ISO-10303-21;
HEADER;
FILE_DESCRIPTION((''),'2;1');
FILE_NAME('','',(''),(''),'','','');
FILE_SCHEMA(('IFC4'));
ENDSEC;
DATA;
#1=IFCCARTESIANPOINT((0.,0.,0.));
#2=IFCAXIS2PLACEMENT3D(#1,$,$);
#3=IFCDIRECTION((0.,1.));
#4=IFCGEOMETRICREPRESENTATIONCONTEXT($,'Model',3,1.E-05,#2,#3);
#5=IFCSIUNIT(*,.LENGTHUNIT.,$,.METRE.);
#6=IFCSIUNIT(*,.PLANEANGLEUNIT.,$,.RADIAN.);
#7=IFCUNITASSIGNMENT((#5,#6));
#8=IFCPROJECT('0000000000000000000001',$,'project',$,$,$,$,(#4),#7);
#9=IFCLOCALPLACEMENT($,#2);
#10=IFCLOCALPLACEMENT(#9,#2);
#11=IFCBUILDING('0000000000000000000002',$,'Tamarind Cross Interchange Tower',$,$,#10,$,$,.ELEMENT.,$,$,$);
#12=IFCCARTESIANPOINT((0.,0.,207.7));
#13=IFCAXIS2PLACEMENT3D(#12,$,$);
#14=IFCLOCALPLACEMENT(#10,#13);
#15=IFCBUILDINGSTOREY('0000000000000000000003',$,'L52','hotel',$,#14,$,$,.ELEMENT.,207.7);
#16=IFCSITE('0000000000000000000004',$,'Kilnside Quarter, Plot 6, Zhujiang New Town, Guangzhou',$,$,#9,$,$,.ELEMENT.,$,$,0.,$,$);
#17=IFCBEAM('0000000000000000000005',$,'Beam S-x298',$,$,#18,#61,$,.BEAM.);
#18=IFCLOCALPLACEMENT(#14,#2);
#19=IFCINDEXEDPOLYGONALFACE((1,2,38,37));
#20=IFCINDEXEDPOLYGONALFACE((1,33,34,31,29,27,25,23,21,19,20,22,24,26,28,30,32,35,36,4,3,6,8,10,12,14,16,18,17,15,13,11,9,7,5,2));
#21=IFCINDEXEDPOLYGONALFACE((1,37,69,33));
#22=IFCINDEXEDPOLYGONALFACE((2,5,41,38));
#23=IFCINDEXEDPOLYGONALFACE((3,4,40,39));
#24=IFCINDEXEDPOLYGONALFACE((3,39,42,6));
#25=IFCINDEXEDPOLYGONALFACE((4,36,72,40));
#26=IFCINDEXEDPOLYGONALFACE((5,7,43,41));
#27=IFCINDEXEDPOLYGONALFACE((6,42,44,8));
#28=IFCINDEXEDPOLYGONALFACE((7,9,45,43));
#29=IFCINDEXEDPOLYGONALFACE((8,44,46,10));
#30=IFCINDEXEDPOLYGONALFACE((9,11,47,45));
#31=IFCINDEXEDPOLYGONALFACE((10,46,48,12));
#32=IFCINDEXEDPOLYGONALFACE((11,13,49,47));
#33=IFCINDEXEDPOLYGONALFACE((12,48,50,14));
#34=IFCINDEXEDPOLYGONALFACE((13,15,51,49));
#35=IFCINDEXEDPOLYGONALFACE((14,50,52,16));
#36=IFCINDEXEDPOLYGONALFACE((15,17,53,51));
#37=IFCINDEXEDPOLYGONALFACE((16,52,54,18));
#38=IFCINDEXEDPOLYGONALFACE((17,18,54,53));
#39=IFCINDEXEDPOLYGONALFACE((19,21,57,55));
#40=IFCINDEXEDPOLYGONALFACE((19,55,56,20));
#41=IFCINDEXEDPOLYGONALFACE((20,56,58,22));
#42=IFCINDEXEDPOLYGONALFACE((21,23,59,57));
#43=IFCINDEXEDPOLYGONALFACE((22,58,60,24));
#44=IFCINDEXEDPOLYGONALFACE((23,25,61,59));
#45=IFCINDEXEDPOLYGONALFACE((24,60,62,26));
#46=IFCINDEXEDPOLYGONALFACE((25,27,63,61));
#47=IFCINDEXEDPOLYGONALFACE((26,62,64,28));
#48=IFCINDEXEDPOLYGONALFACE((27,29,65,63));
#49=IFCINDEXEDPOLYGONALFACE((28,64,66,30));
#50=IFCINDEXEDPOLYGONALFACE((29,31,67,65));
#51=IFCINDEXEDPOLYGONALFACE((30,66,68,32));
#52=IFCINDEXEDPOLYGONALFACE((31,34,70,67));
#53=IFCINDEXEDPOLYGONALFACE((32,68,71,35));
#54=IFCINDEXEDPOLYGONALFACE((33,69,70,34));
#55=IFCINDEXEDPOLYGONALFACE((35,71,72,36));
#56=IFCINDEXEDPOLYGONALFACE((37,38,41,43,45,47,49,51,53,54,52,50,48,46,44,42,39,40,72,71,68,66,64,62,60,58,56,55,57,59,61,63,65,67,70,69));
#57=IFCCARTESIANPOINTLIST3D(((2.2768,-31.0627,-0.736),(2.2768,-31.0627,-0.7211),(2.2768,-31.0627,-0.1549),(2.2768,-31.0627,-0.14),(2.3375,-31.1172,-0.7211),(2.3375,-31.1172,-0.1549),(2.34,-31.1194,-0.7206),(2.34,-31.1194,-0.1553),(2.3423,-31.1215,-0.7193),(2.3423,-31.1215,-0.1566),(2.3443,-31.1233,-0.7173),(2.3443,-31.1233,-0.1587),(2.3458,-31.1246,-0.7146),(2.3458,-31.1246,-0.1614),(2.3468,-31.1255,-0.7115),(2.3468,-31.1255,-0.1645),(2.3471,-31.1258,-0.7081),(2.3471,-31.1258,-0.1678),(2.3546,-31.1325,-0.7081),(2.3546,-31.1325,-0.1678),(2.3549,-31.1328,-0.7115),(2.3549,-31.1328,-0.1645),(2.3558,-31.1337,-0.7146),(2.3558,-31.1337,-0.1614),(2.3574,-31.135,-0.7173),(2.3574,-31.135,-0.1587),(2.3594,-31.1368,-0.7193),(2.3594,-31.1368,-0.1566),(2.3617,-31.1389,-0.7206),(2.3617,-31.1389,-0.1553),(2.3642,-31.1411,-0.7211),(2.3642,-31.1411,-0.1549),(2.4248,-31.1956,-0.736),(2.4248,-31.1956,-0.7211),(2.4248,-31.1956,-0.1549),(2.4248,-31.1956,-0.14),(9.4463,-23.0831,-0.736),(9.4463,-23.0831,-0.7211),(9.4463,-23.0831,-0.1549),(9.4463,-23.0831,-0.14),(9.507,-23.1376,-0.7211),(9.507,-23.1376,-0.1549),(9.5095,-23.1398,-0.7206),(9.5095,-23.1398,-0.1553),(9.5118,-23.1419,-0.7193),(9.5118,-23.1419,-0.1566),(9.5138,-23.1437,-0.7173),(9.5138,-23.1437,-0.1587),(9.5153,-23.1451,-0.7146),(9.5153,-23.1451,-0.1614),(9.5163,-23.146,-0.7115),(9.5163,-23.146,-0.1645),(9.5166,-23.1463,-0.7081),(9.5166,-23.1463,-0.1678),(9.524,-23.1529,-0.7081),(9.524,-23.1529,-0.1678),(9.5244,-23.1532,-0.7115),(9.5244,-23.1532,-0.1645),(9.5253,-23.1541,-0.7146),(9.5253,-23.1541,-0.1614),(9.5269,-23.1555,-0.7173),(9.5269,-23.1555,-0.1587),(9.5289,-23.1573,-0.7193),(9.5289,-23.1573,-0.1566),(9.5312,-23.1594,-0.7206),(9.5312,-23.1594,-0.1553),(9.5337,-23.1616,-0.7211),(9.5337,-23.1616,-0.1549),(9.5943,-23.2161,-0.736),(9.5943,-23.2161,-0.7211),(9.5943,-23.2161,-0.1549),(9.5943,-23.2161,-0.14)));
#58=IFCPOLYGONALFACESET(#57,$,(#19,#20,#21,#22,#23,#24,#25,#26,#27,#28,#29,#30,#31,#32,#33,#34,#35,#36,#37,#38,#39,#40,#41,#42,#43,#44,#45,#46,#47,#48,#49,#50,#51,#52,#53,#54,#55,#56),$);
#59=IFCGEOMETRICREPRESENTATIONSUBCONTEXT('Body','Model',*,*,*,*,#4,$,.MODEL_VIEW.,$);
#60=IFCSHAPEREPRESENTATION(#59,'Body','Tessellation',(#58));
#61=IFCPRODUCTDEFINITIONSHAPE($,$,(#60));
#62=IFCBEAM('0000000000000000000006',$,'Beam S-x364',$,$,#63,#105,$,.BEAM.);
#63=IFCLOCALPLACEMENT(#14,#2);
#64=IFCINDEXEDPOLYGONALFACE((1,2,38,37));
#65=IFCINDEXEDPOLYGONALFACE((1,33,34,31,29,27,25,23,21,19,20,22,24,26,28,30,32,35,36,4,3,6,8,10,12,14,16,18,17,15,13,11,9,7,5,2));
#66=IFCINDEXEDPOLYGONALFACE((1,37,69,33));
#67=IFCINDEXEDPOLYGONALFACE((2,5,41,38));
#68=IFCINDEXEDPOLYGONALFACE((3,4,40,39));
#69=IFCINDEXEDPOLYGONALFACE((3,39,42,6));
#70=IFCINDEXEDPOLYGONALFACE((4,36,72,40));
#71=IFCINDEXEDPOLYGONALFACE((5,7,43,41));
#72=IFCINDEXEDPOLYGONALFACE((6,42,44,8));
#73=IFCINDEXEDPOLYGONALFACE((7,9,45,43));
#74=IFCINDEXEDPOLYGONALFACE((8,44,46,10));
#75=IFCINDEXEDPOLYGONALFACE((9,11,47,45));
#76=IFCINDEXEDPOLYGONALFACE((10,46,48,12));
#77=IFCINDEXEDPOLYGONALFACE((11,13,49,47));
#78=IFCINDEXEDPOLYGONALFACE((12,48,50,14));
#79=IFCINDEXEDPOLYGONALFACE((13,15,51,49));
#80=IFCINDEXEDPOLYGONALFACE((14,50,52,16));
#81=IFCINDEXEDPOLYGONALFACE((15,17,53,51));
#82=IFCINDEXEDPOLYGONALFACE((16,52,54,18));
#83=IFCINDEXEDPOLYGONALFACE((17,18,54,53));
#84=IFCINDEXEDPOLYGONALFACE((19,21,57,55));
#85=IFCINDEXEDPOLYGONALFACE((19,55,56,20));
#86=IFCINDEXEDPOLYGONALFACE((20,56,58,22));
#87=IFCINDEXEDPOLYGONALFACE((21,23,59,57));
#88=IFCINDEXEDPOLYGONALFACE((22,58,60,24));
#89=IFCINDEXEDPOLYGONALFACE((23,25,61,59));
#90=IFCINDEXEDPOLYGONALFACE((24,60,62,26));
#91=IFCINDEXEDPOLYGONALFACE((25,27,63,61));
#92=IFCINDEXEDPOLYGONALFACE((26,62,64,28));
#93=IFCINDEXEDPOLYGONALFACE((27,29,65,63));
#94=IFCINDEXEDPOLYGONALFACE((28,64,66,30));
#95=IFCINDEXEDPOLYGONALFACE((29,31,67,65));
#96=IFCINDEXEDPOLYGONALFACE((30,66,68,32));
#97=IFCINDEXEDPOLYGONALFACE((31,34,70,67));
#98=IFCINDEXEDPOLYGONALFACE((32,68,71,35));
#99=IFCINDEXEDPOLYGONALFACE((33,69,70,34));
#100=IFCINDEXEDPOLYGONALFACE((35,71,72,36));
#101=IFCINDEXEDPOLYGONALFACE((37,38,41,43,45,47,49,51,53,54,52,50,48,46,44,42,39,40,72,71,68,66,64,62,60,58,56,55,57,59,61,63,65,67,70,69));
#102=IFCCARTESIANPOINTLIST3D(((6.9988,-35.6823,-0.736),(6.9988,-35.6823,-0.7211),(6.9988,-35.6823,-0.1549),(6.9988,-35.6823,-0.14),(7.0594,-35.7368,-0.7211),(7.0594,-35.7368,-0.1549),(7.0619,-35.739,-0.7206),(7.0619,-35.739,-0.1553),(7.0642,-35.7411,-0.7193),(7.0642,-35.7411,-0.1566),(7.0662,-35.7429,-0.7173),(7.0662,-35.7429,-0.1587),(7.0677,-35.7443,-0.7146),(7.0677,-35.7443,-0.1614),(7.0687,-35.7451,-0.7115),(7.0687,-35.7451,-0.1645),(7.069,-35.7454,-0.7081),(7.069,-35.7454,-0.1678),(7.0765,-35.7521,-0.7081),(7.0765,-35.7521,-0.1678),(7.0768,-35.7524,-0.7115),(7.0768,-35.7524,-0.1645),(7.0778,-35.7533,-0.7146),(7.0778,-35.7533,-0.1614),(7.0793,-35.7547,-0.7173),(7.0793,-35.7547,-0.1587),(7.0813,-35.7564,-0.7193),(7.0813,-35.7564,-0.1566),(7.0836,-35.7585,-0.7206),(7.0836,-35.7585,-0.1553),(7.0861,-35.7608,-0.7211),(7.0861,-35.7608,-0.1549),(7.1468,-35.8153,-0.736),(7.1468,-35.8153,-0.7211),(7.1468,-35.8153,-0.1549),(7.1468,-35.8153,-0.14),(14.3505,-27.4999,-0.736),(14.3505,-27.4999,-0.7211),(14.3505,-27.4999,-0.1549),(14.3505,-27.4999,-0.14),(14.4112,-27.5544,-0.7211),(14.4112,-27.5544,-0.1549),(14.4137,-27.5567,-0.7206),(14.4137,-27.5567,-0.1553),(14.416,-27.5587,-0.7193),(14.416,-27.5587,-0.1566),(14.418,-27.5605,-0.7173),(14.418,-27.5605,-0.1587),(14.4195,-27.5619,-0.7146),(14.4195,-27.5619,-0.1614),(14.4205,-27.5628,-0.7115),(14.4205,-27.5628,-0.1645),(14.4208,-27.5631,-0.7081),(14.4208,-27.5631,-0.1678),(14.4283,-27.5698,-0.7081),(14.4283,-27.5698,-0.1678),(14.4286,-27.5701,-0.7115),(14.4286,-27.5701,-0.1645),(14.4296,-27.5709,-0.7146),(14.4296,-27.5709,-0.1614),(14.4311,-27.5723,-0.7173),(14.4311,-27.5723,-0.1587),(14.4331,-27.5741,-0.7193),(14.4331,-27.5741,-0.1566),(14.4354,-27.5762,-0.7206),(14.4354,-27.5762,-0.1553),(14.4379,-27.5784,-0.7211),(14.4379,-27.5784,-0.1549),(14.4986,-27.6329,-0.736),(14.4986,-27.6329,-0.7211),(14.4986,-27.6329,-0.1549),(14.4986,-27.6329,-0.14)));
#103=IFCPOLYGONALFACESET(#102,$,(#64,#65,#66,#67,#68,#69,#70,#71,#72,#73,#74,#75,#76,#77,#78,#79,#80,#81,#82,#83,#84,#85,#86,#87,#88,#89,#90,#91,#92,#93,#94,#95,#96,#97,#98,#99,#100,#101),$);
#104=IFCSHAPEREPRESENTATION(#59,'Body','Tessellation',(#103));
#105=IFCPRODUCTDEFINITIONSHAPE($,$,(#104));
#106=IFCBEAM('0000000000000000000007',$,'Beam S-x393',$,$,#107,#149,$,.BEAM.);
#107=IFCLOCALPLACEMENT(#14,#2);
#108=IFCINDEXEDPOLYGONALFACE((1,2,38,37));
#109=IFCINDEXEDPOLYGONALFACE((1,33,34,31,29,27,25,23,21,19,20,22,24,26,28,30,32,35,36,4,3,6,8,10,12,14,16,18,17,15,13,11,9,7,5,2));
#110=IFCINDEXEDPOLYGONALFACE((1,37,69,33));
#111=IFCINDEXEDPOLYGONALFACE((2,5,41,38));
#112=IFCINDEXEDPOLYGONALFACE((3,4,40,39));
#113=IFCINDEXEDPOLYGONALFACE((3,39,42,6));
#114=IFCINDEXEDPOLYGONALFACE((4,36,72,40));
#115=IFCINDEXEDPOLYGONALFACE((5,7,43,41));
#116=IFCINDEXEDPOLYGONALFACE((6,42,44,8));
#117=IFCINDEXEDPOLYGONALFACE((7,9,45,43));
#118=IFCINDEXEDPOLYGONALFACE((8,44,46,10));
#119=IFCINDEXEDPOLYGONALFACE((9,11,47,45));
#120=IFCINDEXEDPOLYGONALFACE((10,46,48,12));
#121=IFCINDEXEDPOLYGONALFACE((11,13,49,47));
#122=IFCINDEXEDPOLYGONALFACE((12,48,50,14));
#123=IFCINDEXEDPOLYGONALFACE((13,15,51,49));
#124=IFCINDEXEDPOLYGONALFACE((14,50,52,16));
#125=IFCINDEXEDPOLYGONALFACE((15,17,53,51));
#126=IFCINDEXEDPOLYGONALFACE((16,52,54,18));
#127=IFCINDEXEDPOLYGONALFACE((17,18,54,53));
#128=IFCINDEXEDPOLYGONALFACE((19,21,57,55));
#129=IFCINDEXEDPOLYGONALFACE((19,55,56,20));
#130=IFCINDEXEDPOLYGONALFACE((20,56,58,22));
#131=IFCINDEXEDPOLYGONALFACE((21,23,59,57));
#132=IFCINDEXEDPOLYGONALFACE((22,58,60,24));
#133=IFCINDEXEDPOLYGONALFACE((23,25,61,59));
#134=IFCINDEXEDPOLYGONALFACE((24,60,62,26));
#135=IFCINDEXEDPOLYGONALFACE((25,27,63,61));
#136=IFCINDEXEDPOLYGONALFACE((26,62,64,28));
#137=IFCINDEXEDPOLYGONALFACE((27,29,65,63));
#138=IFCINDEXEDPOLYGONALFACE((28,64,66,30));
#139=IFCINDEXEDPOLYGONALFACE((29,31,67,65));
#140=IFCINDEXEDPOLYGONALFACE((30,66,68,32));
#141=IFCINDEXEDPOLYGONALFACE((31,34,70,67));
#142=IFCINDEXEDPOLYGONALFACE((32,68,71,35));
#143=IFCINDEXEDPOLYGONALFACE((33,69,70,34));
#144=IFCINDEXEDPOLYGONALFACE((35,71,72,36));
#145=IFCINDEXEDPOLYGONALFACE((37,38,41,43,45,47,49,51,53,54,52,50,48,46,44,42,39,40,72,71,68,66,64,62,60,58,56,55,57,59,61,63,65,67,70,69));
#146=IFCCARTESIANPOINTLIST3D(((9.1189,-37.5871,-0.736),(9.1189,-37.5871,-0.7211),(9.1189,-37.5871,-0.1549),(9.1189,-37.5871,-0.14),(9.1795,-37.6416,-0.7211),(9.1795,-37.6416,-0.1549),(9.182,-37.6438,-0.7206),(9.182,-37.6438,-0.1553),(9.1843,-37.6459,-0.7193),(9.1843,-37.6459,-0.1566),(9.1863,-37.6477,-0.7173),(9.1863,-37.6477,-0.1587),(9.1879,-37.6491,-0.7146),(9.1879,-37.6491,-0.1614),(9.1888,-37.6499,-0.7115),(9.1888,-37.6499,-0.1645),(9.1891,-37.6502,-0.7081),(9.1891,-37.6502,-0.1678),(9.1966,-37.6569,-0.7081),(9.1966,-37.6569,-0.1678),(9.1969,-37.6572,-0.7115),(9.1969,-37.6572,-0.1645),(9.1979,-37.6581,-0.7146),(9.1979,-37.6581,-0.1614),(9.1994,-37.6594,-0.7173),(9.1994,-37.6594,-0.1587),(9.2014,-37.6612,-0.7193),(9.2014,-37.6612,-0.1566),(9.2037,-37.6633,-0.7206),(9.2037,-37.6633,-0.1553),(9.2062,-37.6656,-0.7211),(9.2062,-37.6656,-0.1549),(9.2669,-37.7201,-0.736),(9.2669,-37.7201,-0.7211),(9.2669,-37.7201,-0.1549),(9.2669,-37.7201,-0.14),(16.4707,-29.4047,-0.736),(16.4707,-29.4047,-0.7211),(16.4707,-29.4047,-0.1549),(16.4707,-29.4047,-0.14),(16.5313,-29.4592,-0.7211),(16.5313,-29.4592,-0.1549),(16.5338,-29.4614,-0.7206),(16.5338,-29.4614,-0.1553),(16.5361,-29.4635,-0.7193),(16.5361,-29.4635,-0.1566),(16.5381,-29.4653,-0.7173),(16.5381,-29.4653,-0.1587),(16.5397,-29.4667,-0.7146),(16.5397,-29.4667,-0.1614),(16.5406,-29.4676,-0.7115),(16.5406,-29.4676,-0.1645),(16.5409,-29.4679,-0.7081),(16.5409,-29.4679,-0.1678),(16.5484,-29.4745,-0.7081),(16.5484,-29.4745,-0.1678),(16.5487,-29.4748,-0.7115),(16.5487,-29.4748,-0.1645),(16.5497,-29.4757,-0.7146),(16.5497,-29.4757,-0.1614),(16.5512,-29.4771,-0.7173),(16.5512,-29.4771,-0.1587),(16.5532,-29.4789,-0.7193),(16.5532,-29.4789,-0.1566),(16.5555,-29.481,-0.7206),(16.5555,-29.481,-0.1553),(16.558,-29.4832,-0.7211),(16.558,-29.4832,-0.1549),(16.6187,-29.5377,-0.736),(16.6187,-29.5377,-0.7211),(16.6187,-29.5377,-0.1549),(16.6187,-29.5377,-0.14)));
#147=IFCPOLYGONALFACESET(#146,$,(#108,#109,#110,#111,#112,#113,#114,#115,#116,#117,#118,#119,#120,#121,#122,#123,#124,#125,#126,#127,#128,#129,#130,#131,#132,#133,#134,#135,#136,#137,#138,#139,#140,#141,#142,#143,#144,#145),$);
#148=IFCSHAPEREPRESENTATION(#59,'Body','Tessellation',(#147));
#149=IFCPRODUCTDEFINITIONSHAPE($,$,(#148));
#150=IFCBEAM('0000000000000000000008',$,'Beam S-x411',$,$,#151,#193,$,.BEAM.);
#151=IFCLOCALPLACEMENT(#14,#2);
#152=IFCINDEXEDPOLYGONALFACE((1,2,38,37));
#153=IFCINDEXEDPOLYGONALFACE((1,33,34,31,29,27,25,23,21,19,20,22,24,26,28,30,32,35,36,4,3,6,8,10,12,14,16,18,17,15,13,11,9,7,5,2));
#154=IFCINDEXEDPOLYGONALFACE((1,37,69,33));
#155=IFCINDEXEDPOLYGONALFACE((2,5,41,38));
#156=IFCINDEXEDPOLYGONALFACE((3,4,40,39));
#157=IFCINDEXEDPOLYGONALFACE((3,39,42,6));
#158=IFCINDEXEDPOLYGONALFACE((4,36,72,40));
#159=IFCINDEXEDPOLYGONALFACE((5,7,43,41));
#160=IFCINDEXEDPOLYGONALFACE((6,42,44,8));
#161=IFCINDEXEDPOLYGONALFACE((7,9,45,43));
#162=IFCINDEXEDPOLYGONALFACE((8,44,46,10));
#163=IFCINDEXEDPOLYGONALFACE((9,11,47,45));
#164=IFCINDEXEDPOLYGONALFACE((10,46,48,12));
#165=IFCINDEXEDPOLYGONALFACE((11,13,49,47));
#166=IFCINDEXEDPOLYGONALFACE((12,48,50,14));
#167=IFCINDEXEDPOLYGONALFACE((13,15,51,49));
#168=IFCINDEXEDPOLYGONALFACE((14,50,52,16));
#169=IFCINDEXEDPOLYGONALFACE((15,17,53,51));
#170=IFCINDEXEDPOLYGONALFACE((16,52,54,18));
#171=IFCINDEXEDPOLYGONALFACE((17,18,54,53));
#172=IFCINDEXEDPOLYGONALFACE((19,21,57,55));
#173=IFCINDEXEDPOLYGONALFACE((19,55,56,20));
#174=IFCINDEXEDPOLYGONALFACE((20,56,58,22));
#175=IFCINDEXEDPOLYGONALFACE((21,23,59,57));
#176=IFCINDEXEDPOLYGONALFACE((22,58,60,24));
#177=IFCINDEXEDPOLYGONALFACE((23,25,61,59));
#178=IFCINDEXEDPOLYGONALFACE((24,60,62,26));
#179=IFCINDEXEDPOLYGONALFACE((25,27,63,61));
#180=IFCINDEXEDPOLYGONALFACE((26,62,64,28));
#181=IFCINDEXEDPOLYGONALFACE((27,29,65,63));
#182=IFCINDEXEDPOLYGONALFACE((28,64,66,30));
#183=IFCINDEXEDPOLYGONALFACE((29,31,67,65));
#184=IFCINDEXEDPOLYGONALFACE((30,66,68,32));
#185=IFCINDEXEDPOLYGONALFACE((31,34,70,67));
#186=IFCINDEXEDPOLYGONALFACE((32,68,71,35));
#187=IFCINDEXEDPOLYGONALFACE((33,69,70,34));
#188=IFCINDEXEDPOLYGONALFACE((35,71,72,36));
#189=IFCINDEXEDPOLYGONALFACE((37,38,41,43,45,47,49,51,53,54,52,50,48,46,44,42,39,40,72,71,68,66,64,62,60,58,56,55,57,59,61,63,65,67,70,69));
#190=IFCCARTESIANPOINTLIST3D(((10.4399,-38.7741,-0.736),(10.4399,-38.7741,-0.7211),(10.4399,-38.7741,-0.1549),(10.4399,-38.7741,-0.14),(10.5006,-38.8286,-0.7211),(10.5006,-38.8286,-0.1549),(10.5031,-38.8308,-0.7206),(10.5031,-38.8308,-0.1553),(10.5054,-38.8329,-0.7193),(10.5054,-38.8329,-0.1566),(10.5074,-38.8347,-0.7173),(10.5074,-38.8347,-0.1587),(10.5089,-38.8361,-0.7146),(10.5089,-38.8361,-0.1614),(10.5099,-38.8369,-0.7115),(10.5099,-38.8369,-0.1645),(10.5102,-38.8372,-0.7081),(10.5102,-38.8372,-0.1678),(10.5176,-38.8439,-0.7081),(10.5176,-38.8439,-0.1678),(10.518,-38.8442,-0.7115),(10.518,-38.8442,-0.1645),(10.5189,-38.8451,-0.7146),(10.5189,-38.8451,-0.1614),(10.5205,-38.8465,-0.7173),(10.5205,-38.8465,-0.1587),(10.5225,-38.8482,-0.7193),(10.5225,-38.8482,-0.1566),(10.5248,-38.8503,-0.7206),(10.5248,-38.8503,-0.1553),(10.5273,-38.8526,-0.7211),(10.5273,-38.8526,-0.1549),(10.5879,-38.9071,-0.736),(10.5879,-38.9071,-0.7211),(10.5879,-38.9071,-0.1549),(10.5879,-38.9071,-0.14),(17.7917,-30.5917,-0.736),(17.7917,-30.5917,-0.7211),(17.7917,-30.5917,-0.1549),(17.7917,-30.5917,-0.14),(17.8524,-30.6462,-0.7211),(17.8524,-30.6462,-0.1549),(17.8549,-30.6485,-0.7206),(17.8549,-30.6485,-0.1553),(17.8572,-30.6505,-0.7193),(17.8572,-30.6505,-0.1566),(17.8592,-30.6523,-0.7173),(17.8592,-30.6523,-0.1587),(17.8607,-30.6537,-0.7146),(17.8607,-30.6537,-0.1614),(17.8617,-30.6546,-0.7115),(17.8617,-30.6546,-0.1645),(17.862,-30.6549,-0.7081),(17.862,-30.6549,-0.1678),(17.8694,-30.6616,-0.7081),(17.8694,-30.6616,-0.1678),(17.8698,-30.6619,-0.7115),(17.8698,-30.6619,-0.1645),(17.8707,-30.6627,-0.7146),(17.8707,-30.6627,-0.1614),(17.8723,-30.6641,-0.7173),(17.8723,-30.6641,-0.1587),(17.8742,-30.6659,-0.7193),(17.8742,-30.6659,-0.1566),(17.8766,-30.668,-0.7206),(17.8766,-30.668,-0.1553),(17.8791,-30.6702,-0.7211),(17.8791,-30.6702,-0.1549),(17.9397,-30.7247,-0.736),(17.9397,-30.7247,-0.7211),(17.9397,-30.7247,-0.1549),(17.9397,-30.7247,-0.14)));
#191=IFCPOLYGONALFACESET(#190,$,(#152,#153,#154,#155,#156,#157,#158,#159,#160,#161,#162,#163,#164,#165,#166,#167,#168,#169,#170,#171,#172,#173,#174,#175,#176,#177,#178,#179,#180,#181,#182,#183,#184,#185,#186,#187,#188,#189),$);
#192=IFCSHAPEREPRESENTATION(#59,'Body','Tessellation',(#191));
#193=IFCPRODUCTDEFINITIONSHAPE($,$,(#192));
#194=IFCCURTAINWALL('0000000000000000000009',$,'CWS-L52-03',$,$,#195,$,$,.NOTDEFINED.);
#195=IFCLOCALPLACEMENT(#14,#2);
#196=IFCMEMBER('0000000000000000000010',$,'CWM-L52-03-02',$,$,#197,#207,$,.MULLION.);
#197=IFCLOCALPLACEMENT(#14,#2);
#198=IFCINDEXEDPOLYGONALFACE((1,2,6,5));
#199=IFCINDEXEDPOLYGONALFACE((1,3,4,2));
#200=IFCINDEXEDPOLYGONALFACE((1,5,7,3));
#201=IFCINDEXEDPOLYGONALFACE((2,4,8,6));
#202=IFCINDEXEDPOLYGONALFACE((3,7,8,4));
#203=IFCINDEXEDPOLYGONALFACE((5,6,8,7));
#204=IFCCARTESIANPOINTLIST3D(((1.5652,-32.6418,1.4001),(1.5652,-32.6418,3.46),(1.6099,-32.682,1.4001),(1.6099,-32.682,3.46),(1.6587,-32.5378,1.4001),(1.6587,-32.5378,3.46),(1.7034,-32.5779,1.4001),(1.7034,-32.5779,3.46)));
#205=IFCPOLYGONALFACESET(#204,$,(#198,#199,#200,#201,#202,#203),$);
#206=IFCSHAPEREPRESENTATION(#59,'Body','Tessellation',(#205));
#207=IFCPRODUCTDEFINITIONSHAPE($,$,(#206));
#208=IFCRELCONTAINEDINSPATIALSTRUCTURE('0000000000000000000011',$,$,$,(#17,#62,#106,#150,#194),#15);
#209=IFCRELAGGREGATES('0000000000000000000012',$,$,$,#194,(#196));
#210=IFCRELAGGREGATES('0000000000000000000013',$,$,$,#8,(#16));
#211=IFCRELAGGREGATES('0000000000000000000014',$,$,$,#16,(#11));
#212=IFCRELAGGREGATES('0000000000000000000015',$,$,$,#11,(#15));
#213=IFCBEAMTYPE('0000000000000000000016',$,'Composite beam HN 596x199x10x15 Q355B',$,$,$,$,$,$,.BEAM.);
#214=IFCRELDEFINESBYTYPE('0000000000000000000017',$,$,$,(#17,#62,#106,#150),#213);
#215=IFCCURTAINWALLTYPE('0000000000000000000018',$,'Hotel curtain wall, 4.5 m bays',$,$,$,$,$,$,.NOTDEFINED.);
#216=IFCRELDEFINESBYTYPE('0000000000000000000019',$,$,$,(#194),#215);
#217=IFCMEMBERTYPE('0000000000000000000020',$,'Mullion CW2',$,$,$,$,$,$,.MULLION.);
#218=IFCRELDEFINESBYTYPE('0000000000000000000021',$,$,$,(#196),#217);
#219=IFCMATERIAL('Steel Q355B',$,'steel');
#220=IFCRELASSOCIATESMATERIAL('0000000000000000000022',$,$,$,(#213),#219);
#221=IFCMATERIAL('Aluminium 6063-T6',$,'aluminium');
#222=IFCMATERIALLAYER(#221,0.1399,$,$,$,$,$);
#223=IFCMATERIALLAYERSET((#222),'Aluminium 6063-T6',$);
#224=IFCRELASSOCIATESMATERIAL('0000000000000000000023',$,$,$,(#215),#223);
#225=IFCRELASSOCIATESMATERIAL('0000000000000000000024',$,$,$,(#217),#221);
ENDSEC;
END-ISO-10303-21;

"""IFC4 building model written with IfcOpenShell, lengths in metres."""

from ifc_helpers import new_model, si_unit, direction, frame, origin, origin_2d, place, context, subcontext, project, spatial, rectangle, i_section, extrude, material, layer, layer_set, material_profile, profile_set, type_object, element, aggregate, save


model = new_model("IFC4")

# Units and contexts
model_context = context("Model", 3, precision=1e-05, world=origin(), true_north=direction((0.0, 1.0)))
body_context = subcontext(model_context, "Body", "Model", "MODEL_VIEW")
ifc_project = project(units=[si_unit("LENGTHUNIT", "METRE"), si_unit("PLANEANGLEUNIT", "RADIAN")], contexts=[model_context])

# Site, building, storey
site_placement = place(None, origin())
site = spatial("IfcSite", under=ifc_project, at=site_placement, Name="Kilnside Quarter, Plot 6, Zhujiang New Town, Guangzhou", CompositionType="ELEMENT", RefElevation=0.0)
building_placement = place(site_placement, origin())
building = spatial("IfcBuilding", under=site, at=building_placement, Name="Tamarind Cross Interchange Tower", CompositionType="ELEMENT")
storey_placement = place(building_placement, frame((0.0, 0.0, 207.7)))
storey = spatial("IfcBuildingStorey", under=building, at=storey_placement, Name="L52", Description="hotel", CompositionType="ELEMENT", Elevation=207.7)

# Beams
ifc_material_1 = material(Name="Steel Q355B", Category="steel")
ifc_material_profile_1 = material_profile(ifc_material_1, i_section(OverallWidth=0.199, OverallDepth=0.5959, WebThickness=0.01, FlangeThickness=0.0149, FilletRadius=0.0129, at=origin_2d()), Name="HN 596x199x10x15")
ifc_profile_set_1 = profile_set([ifc_material_profile_1], Name="Steel Q355B")
beam_type_1 = type_object("IfcBeamType", Name="Composite beam HN 596x199x10x15 Q355B", PredefinedType="BEAM", material=ifc_profile_set_1)
beam_1_placement = place(storey_placement, frame((2.3508, -31.1292, -0.438), z_axis=(0.668341, 0.743855, 0.0), x_axis=(-0.743855, 0.668341, 0.0)))
element("IfcBeam", 1, at=beam_1_placement, inside=storey, type_object=beam_type_1, Name="Beam S-x298", PredefinedType="BEAM", context=body_context, shape_type="SweptSolid", body=[
    extrude(i_section(OverallWidth=0.199, OverallDepth=0.5959, WebThickness=0.01, FlangeThickness=0.0149, FilletRadius=0.0129, at=origin_2d()), origin(), (0.0, 0.0, 1.0), 10.7273),
])
for number, where, z_axis, x_axis, name in (
    (2, (7.0728, -35.7488, -0.438), (0.668345, 0.743851, 0.0), (-0.743851, 0.668345, 0.0), "Beam S-x364"),
    (3, (9.1929, -37.6536, -0.438), (0.668345, 0.743851, 0.0), (-0.743851, 0.668345, 0.0), "Beam S-x393"),
    (4, (10.5139, -38.8406, -0.438), (0.668345, 0.743851, 0.0), (-0.743851, 0.668345, 0.0), "Beam S-x411"),
):
    element("IfcBeam", number, at=place(storey_placement, frame(where, z_axis=z_axis, x_axis=x_axis)), inside=storey, type_object=beam_type_1, Name=name, PredefinedType="BEAM", context=body_context, shape_type="SweptSolid", body=[
        extrude(i_section(OverallWidth=0.199, OverallDepth=0.5959, WebThickness=0.01, FlangeThickness=0.0149, FilletRadius=0.0129, at=origin_2d()), origin(), (0.0, 0.0, 1.0), 11.0),
    ])

# Curtain wall, member
ifc_material_2 = material(Name="Aluminium 6063-T6", Category="aluminium")
ifc_layer_1 = layer(ifc_material_2, 0.1399)
ifc_layer_set_1 = layer_set([ifc_layer_1], Name="Aluminium 6063-T6")
curtain_wall_type = type_object("IfcCurtainWallType", Name="Hotel curtain wall, 4.5 m bays", PredefinedType="NOTDEFINED", material=ifc_layer_set_1)
curtain_wall_1_placement = place(storey_placement, origin())
curtain_wall_1 = element("IfcCurtainWall", 5, at=curtain_wall_1_placement, inside=storey, type_object=curtain_wall_type, Name="CWS-L52-03", PredefinedType="NOTDEFINED")
ifc_material_profile_2 = material_profile(ifc_material_2, rectangle(XDim=0.0601, YDim=0.1399, at=origin_2d()), Name="Mullion CW2")
ifc_profile_set_2 = profile_set([ifc_material_profile_2], Name="Aluminium 6063-T6")
member_type = type_object("IfcMemberType", Name="Mullion CW2", PredefinedType="MULLION", material=ifc_profile_set_2)
member_1_placement = place(storey_placement, frame((1.6343, -32.6099, 1.4001), z_axis=(0.0, 0.0, 1.0), x_axis=(0.743854, -0.668342, 0.0)))
member_1 = element("IfcMember", 6, at=member_1_placement, type_object=member_type, Name="CWM-L52-03-02", PredefinedType="MULLION", context=body_context, shape_type="SweptSolid", body=[
    extrude(rectangle(XDim=0.0601, YDim=0.1399, at=origin_2d()), origin(), (0.0, 0.0, 1.0), 2.0598),
])
aggregate(curtain_wall_1, [member_1])

save(model, "model.ifc")
